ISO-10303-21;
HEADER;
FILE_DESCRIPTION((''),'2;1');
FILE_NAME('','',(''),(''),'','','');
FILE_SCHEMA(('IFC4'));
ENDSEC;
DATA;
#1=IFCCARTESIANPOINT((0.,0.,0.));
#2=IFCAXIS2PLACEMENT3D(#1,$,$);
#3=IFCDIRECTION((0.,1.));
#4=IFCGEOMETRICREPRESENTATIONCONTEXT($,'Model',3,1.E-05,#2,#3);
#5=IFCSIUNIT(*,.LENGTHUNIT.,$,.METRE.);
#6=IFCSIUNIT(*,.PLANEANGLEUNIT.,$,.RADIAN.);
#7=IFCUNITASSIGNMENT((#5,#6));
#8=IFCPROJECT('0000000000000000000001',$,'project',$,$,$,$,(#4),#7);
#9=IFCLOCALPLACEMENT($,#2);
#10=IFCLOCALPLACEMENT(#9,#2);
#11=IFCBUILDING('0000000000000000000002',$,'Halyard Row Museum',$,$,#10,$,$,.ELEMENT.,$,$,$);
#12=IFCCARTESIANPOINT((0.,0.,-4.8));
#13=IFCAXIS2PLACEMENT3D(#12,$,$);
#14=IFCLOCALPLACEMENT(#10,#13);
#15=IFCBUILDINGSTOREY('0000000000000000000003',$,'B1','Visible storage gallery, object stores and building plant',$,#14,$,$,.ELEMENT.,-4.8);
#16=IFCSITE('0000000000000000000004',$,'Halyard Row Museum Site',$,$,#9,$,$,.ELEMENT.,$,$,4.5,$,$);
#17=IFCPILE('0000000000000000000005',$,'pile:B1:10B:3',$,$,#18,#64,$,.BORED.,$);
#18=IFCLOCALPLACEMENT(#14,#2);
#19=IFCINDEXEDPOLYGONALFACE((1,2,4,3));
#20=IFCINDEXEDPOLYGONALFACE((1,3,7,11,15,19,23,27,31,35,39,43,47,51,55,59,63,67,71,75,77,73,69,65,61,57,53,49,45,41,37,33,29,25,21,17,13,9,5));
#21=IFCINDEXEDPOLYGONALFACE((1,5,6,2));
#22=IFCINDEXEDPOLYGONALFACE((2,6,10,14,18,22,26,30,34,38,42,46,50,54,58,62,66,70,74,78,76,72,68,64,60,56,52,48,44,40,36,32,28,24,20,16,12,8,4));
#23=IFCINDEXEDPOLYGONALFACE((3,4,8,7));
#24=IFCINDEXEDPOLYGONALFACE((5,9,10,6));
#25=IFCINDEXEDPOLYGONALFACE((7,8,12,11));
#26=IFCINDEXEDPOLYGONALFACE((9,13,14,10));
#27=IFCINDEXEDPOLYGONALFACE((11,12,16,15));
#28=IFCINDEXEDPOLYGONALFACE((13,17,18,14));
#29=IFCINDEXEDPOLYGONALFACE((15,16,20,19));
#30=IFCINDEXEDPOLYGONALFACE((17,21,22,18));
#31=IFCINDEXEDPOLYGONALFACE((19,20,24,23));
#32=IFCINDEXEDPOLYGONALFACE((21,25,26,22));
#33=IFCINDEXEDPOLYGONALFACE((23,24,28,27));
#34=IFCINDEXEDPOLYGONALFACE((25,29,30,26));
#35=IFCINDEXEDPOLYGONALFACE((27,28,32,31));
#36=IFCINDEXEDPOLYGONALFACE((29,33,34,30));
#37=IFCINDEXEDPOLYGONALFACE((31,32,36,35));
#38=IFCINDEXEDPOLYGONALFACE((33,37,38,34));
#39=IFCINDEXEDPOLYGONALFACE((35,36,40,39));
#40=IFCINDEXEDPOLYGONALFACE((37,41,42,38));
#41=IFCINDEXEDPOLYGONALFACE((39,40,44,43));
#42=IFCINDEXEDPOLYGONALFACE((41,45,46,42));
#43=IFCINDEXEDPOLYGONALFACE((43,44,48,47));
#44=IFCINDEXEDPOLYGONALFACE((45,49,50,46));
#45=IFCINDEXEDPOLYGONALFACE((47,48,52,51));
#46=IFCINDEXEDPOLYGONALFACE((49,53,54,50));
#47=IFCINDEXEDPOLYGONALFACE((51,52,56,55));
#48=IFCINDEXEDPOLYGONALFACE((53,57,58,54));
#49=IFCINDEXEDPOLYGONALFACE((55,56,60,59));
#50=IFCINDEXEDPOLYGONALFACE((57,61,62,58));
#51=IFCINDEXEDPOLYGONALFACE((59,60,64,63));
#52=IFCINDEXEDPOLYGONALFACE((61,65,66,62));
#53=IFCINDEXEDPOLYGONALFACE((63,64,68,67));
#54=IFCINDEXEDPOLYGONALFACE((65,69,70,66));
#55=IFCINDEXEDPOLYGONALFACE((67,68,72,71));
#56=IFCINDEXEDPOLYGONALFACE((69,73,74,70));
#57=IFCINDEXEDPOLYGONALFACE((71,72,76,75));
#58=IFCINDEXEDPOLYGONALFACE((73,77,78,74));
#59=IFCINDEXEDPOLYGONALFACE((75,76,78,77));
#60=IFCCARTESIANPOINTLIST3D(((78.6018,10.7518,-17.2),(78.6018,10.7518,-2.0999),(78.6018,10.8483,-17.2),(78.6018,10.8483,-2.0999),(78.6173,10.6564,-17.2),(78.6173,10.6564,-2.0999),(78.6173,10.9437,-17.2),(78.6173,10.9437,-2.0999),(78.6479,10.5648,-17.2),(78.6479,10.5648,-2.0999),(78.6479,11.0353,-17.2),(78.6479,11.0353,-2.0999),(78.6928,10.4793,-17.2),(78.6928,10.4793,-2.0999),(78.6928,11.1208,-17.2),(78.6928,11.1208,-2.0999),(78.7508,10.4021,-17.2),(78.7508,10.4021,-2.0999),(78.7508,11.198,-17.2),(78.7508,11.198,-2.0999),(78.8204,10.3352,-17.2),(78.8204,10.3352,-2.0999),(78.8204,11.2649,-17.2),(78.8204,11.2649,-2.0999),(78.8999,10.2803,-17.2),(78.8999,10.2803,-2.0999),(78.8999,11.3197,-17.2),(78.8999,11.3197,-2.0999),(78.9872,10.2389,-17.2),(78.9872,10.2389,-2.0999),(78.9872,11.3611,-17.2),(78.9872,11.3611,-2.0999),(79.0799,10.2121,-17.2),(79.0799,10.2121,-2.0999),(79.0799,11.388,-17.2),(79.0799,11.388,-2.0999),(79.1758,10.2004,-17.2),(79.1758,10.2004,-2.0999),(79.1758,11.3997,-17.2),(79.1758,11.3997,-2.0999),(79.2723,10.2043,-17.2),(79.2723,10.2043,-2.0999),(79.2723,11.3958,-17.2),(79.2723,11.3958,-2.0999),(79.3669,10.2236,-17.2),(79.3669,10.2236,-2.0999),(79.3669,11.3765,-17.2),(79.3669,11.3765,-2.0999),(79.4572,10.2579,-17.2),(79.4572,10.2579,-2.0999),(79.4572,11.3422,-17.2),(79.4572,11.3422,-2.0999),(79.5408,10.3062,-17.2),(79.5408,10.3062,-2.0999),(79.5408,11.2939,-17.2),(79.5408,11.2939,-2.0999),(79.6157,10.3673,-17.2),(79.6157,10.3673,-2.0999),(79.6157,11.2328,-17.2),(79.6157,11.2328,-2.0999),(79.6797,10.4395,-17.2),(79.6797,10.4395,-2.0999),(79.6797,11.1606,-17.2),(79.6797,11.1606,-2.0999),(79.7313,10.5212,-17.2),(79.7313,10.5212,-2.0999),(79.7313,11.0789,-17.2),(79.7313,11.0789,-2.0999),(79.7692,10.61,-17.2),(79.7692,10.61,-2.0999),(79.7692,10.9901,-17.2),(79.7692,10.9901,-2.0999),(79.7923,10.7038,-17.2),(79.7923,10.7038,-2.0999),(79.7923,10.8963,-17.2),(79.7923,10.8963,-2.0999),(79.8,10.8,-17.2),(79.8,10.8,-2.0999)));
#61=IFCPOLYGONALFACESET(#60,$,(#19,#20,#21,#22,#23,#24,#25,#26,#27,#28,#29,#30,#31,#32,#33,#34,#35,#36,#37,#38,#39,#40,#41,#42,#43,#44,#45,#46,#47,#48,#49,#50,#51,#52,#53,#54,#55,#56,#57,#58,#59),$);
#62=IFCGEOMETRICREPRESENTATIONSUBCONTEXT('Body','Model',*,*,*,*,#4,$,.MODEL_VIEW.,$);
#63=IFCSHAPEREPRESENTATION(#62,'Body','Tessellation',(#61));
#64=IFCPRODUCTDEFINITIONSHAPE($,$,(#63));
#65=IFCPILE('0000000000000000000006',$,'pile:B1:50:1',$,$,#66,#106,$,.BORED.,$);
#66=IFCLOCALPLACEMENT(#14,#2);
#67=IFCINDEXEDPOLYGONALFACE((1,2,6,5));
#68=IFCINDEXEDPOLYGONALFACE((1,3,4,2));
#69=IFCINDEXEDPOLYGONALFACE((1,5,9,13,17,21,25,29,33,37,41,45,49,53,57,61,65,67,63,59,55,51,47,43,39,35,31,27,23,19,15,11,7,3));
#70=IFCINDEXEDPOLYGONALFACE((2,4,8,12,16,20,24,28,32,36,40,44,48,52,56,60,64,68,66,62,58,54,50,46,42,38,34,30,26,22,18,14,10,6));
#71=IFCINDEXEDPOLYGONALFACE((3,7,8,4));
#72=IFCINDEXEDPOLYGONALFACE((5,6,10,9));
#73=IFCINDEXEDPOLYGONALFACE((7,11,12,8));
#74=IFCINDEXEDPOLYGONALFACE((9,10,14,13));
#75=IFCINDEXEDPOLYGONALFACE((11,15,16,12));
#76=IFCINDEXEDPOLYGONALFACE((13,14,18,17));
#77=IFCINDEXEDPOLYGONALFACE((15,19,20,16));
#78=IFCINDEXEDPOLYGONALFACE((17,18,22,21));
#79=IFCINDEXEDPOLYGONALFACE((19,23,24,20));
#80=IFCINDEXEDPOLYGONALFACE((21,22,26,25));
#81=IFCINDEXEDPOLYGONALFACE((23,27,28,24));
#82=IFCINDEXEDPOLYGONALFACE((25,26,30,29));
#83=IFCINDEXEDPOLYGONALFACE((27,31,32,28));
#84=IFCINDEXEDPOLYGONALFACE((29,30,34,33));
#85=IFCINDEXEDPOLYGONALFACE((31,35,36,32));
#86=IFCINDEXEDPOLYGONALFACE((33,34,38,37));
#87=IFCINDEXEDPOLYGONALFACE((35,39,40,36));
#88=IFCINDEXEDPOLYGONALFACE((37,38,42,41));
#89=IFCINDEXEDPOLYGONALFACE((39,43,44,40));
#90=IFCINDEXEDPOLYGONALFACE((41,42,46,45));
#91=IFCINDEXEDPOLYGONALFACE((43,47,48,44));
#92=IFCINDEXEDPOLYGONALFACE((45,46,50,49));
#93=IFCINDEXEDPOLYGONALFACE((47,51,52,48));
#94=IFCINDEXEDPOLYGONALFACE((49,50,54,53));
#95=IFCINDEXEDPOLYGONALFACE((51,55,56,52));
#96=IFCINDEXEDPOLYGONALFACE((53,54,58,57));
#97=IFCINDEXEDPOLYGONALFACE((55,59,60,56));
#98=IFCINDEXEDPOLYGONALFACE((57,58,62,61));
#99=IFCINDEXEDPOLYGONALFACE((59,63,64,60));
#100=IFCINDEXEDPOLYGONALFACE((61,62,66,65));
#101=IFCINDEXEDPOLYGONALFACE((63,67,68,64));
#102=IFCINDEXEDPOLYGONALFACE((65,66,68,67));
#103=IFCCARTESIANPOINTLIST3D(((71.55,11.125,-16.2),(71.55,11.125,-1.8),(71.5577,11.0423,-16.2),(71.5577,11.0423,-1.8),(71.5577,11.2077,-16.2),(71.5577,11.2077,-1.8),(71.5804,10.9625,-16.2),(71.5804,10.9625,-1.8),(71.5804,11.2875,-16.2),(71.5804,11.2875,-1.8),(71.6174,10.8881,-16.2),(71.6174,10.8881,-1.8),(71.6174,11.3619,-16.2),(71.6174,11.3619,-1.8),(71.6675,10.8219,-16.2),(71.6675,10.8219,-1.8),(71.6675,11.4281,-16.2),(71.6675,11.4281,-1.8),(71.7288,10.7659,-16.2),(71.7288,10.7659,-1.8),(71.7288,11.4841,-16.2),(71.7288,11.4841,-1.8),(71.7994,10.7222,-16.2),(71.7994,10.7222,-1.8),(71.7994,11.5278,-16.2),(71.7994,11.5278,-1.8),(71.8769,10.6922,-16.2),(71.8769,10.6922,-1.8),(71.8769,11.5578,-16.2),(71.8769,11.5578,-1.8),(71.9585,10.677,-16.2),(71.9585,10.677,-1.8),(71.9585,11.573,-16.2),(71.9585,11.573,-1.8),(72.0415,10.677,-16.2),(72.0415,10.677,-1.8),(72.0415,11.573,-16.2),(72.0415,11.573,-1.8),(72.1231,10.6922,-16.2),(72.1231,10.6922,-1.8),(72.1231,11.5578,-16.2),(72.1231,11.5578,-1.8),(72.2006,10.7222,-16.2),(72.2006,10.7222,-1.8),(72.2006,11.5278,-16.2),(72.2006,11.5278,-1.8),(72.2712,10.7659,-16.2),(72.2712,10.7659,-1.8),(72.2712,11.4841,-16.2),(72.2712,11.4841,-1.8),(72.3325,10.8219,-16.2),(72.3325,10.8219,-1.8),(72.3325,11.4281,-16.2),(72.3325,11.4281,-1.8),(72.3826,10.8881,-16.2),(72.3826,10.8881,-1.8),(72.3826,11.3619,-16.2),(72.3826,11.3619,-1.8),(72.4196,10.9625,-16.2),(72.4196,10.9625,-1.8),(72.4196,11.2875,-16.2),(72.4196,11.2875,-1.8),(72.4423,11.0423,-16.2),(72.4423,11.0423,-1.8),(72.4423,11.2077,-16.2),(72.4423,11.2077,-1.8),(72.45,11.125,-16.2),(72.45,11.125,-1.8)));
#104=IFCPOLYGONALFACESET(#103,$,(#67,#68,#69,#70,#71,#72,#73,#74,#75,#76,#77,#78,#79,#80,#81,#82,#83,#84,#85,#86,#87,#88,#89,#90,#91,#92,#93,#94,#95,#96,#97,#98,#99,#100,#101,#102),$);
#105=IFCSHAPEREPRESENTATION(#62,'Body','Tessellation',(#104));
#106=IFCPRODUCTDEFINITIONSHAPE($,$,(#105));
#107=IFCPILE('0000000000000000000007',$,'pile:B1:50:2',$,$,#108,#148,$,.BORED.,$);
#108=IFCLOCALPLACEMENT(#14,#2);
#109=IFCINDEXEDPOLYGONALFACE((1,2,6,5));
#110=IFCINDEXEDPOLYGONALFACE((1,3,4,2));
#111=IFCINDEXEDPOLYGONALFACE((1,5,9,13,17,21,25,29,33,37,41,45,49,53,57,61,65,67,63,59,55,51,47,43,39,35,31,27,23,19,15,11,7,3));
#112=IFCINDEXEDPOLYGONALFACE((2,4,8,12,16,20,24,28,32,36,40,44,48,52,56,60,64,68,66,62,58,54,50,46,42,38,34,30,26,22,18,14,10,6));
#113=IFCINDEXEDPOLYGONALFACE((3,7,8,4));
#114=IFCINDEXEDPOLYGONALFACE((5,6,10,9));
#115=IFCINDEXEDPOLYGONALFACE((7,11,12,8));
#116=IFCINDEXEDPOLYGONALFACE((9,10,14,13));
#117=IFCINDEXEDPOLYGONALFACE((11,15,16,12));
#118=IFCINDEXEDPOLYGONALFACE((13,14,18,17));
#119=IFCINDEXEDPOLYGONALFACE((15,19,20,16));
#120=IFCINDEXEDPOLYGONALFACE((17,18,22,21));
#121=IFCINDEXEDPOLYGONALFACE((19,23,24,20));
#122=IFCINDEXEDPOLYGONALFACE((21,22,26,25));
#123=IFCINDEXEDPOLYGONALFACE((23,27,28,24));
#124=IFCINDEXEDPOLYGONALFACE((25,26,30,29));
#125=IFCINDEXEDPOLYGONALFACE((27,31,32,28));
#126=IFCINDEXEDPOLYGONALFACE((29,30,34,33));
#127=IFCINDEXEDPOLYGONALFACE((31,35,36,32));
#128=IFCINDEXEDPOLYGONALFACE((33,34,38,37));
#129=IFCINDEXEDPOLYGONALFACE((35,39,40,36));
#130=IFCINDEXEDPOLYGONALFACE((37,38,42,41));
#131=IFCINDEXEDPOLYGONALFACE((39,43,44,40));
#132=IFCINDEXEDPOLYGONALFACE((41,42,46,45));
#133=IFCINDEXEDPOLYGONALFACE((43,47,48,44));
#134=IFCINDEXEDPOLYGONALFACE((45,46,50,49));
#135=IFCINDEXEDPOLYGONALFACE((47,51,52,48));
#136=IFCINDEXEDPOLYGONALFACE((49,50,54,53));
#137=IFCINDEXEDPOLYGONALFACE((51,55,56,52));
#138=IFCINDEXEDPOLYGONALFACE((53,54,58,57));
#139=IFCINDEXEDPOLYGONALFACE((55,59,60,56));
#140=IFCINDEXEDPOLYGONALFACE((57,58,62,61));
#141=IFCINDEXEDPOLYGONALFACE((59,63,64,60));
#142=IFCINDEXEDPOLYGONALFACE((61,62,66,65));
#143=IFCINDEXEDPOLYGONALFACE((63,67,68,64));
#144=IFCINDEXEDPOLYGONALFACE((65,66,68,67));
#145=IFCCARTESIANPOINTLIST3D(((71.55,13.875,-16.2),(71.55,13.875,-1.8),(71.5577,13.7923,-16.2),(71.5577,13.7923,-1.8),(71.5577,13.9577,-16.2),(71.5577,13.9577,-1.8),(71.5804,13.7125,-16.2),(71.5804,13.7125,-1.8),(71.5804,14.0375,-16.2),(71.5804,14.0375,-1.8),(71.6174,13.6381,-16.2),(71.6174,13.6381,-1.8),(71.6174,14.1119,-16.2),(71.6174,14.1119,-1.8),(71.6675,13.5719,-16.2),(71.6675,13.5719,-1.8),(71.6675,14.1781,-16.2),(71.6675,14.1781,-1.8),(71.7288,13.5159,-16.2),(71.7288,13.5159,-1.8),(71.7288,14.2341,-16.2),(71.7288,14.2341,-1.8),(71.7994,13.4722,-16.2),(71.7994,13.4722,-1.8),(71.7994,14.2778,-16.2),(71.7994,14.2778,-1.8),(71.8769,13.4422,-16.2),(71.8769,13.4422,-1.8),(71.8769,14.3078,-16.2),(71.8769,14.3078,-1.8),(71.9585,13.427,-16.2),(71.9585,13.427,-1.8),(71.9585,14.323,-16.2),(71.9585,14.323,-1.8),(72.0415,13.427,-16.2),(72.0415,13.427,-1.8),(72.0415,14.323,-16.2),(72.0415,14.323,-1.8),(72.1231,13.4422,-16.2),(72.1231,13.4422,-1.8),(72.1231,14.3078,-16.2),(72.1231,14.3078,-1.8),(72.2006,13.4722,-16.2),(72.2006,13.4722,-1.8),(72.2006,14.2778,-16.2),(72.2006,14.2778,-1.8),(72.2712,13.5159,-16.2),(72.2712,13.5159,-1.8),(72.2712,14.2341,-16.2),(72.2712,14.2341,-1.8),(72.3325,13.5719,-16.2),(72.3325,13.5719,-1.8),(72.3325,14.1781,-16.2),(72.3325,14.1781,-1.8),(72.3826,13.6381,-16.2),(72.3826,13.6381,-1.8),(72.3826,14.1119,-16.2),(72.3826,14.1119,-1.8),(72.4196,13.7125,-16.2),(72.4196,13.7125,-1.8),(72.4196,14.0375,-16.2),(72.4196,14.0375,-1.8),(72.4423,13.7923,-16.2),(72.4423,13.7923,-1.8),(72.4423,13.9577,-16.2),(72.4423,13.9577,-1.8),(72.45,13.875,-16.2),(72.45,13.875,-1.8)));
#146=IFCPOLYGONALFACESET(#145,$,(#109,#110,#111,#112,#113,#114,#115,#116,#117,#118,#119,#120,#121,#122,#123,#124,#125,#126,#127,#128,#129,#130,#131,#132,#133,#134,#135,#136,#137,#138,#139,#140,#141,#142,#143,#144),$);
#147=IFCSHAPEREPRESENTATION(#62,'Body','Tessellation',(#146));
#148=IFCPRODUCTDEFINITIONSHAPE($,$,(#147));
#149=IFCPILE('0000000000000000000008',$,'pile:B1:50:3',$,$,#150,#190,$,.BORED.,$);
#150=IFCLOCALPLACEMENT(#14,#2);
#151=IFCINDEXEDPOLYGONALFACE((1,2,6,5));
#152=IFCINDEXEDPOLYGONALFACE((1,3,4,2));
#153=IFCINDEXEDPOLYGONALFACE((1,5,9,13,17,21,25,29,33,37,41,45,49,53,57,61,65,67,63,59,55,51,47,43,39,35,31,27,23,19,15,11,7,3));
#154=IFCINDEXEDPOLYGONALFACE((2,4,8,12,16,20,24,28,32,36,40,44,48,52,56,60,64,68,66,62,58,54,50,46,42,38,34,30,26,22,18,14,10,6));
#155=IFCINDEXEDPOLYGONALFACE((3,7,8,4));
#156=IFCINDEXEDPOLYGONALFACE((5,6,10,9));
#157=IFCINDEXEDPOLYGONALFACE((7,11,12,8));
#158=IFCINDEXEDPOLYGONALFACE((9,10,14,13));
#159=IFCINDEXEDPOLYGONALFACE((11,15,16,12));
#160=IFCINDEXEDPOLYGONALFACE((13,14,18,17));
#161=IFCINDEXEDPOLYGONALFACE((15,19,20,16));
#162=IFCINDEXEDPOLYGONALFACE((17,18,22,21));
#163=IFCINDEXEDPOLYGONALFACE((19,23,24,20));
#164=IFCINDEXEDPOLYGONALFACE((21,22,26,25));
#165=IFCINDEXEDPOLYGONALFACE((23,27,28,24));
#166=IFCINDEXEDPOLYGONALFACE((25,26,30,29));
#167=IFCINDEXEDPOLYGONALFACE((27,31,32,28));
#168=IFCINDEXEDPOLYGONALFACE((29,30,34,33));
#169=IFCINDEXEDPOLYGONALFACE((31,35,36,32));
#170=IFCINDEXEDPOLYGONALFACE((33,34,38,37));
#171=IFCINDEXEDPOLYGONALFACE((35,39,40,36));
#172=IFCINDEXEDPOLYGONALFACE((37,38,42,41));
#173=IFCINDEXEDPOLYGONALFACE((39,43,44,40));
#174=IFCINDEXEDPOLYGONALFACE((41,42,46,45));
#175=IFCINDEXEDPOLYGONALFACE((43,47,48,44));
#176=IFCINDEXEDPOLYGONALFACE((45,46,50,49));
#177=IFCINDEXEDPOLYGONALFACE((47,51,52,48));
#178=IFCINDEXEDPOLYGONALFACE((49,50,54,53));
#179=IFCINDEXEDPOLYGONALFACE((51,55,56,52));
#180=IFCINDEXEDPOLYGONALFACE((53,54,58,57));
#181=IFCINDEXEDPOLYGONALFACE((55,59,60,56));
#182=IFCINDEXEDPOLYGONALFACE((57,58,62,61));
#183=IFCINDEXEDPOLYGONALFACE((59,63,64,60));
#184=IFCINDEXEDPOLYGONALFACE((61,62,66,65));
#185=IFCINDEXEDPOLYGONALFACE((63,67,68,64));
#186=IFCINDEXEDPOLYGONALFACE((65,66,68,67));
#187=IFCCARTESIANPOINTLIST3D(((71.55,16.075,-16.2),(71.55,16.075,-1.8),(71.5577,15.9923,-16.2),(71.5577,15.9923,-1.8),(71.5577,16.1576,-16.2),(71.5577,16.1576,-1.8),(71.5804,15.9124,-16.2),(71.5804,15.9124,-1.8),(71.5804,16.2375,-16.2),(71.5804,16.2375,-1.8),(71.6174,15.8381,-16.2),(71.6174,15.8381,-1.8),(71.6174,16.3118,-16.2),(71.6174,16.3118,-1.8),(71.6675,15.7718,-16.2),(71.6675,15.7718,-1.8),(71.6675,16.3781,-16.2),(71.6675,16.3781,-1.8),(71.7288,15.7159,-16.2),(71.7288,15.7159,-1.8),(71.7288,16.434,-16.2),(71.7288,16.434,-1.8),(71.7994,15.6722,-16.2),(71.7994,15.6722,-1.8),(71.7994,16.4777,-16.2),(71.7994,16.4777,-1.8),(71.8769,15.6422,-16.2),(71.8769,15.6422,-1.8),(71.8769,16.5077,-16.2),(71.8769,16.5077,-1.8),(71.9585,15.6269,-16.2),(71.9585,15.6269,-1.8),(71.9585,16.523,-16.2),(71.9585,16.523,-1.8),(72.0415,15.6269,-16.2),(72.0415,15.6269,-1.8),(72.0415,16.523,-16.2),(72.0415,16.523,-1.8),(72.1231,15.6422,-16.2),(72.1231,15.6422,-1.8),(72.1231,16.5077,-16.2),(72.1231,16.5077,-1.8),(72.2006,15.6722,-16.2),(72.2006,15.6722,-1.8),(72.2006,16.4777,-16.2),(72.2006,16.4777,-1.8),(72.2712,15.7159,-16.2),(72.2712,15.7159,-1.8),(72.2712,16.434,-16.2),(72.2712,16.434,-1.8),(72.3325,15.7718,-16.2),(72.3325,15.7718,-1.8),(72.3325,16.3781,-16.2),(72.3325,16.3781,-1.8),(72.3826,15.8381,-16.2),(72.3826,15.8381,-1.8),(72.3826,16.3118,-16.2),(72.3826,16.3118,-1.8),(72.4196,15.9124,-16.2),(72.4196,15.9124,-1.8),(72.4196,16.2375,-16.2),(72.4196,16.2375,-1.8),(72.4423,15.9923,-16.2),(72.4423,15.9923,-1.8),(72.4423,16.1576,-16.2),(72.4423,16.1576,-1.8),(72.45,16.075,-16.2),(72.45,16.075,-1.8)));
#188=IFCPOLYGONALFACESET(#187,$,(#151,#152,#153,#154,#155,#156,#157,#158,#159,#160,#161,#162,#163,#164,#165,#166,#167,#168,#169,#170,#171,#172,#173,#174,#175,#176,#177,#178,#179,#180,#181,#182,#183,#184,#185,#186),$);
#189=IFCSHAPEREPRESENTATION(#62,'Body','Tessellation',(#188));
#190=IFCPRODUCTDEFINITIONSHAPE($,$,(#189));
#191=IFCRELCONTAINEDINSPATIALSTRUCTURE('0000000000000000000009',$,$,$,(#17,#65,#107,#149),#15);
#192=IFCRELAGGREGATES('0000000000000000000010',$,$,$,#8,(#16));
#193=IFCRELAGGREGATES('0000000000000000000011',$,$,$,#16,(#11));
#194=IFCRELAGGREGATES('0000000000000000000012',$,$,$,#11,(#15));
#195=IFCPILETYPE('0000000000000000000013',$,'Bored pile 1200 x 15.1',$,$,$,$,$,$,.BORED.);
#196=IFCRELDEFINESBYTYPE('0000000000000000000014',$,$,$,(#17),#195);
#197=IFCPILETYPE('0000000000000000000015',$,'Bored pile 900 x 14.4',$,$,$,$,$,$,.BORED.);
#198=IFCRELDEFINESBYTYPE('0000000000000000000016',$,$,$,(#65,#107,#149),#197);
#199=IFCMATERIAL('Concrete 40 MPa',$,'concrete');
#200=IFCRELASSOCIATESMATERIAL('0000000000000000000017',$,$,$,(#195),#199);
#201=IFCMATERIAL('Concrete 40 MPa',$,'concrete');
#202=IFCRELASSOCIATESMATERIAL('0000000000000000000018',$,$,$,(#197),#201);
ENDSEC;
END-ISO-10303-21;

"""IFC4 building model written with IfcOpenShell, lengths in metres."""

from ifc_helpers import new_model, si_unit, direction, frame, origin, origin_2d, place, context, subcontext, project, spatial, circle, extrude, material, material_profile, profile_set, type_object, element, save


model = new_model("IFC4")

# Units and contexts
model_context = context("Model", 3, precision=1e-05, world=origin(), true_north=direction((0.0, 1.0)))
body_context = subcontext(model_context, "Body", "Model", "MODEL_VIEW")
ifc_project = project(units=[si_unit("LENGTHUNIT", "METRE"), si_unit("PLANEANGLEUNIT", "RADIAN")], contexts=[model_context])

# Site, building, storey
site_placement = place(None, origin())
site = spatial("IfcSite", under=ifc_project, at=site_placement, Name="Halyard Row Museum Site", CompositionType="ELEMENT", RefElevation=4.5)
building_placement = place(site_placement, origin())
building = spatial("IfcBuilding", under=site, at=building_placement, Name="Halyard Row Museum", CompositionType="ELEMENT")
storey_placement = place(building_placement, frame((0.0, 0.0, -4.8)))
storey = spatial("IfcBuildingStorey", under=building, at=storey_placement, Name="B1", Description="Visible storage gallery, object stores and building plant", CompositionType="ELEMENT", Elevation=-4.8)

# Piles
ifc_material_1 = material(Name="Concrete 40 MPa", Category="concrete")
ifc_material_profile_1 = material_profile(ifc_material_1, circle(Radius=0.6001, at=origin_2d()), Name="Bored pile 1200 x 15.1")
ifc_profile_set_1 = profile_set([ifc_material_profile_1], Name="Concrete 40 MPa")
pile_type_1 = type_object("IfcPileType", Name="Bored pile 1200 x 15.1", PredefinedType="BORED", material=ifc_profile_set_1)
pile_1_placement = place(storey_placement, frame((79.2, 10.8, -2.0999), z_axis=(0.0, 0.0, -1.0), x_axis=(1.0, 0.0, 0.0)))
element("IfcPile", 1, at=pile_1_placement, inside=storey, type_object=pile_type_1, Name="pile:B1:10B:3", PredefinedType="BORED", context=body_context, shape_type="SweptSolid", body=[
    extrude(circle(Radius=0.6001, at=origin_2d()), origin(), (0.0, 0.0, 1.0), 15.1001),
])
ifc_material_2 = material(Name="Concrete 40 MPa", Category="concrete")
ifc_material_profile_2 = material_profile(ifc_material_2, circle(Radius=0.45, at=origin_2d()), Name="Bored pile 900 x 14.4")
ifc_profile_set_2 = profile_set([ifc_material_profile_2], Name="Concrete 40 MPa")
pile_type_2 = type_object("IfcPileType", Name="Bored pile 900 x 14.4", PredefinedType="BORED", material=ifc_profile_set_2)
for number, where, z_axis, x_axis, name in (
    (2, (72.0, 11.125, -1.8), (0.0, 0.0, -1.0), (1.0, 0.0, 0.0), "pile:B1:50:1"),
    (3, (72.0, 13.875, -1.8), (0.0, 0.0, -1.0), (1.0, 0.0, 0.0), "pile:B1:50:2"),
    (4, (72.0, 16.075, -1.8), (0.0, 0.0, -1.0), (1.0, 0.0, 0.0), "pile:B1:50:3"),
):
    element("IfcPile", number, at=place(storey_placement, frame(where, z_axis=z_axis, x_axis=x_axis)), inside=storey, type_object=pile_type_2, Name=name, PredefinedType="BORED", context=body_context, shape_type="SweptSolid", body=[
        extrude(circle(Radius=0.45, at=origin_2d()), origin(), (0.0, 0.0, 1.0), 14.3999),
    ])

save(model, "model.ifc")
